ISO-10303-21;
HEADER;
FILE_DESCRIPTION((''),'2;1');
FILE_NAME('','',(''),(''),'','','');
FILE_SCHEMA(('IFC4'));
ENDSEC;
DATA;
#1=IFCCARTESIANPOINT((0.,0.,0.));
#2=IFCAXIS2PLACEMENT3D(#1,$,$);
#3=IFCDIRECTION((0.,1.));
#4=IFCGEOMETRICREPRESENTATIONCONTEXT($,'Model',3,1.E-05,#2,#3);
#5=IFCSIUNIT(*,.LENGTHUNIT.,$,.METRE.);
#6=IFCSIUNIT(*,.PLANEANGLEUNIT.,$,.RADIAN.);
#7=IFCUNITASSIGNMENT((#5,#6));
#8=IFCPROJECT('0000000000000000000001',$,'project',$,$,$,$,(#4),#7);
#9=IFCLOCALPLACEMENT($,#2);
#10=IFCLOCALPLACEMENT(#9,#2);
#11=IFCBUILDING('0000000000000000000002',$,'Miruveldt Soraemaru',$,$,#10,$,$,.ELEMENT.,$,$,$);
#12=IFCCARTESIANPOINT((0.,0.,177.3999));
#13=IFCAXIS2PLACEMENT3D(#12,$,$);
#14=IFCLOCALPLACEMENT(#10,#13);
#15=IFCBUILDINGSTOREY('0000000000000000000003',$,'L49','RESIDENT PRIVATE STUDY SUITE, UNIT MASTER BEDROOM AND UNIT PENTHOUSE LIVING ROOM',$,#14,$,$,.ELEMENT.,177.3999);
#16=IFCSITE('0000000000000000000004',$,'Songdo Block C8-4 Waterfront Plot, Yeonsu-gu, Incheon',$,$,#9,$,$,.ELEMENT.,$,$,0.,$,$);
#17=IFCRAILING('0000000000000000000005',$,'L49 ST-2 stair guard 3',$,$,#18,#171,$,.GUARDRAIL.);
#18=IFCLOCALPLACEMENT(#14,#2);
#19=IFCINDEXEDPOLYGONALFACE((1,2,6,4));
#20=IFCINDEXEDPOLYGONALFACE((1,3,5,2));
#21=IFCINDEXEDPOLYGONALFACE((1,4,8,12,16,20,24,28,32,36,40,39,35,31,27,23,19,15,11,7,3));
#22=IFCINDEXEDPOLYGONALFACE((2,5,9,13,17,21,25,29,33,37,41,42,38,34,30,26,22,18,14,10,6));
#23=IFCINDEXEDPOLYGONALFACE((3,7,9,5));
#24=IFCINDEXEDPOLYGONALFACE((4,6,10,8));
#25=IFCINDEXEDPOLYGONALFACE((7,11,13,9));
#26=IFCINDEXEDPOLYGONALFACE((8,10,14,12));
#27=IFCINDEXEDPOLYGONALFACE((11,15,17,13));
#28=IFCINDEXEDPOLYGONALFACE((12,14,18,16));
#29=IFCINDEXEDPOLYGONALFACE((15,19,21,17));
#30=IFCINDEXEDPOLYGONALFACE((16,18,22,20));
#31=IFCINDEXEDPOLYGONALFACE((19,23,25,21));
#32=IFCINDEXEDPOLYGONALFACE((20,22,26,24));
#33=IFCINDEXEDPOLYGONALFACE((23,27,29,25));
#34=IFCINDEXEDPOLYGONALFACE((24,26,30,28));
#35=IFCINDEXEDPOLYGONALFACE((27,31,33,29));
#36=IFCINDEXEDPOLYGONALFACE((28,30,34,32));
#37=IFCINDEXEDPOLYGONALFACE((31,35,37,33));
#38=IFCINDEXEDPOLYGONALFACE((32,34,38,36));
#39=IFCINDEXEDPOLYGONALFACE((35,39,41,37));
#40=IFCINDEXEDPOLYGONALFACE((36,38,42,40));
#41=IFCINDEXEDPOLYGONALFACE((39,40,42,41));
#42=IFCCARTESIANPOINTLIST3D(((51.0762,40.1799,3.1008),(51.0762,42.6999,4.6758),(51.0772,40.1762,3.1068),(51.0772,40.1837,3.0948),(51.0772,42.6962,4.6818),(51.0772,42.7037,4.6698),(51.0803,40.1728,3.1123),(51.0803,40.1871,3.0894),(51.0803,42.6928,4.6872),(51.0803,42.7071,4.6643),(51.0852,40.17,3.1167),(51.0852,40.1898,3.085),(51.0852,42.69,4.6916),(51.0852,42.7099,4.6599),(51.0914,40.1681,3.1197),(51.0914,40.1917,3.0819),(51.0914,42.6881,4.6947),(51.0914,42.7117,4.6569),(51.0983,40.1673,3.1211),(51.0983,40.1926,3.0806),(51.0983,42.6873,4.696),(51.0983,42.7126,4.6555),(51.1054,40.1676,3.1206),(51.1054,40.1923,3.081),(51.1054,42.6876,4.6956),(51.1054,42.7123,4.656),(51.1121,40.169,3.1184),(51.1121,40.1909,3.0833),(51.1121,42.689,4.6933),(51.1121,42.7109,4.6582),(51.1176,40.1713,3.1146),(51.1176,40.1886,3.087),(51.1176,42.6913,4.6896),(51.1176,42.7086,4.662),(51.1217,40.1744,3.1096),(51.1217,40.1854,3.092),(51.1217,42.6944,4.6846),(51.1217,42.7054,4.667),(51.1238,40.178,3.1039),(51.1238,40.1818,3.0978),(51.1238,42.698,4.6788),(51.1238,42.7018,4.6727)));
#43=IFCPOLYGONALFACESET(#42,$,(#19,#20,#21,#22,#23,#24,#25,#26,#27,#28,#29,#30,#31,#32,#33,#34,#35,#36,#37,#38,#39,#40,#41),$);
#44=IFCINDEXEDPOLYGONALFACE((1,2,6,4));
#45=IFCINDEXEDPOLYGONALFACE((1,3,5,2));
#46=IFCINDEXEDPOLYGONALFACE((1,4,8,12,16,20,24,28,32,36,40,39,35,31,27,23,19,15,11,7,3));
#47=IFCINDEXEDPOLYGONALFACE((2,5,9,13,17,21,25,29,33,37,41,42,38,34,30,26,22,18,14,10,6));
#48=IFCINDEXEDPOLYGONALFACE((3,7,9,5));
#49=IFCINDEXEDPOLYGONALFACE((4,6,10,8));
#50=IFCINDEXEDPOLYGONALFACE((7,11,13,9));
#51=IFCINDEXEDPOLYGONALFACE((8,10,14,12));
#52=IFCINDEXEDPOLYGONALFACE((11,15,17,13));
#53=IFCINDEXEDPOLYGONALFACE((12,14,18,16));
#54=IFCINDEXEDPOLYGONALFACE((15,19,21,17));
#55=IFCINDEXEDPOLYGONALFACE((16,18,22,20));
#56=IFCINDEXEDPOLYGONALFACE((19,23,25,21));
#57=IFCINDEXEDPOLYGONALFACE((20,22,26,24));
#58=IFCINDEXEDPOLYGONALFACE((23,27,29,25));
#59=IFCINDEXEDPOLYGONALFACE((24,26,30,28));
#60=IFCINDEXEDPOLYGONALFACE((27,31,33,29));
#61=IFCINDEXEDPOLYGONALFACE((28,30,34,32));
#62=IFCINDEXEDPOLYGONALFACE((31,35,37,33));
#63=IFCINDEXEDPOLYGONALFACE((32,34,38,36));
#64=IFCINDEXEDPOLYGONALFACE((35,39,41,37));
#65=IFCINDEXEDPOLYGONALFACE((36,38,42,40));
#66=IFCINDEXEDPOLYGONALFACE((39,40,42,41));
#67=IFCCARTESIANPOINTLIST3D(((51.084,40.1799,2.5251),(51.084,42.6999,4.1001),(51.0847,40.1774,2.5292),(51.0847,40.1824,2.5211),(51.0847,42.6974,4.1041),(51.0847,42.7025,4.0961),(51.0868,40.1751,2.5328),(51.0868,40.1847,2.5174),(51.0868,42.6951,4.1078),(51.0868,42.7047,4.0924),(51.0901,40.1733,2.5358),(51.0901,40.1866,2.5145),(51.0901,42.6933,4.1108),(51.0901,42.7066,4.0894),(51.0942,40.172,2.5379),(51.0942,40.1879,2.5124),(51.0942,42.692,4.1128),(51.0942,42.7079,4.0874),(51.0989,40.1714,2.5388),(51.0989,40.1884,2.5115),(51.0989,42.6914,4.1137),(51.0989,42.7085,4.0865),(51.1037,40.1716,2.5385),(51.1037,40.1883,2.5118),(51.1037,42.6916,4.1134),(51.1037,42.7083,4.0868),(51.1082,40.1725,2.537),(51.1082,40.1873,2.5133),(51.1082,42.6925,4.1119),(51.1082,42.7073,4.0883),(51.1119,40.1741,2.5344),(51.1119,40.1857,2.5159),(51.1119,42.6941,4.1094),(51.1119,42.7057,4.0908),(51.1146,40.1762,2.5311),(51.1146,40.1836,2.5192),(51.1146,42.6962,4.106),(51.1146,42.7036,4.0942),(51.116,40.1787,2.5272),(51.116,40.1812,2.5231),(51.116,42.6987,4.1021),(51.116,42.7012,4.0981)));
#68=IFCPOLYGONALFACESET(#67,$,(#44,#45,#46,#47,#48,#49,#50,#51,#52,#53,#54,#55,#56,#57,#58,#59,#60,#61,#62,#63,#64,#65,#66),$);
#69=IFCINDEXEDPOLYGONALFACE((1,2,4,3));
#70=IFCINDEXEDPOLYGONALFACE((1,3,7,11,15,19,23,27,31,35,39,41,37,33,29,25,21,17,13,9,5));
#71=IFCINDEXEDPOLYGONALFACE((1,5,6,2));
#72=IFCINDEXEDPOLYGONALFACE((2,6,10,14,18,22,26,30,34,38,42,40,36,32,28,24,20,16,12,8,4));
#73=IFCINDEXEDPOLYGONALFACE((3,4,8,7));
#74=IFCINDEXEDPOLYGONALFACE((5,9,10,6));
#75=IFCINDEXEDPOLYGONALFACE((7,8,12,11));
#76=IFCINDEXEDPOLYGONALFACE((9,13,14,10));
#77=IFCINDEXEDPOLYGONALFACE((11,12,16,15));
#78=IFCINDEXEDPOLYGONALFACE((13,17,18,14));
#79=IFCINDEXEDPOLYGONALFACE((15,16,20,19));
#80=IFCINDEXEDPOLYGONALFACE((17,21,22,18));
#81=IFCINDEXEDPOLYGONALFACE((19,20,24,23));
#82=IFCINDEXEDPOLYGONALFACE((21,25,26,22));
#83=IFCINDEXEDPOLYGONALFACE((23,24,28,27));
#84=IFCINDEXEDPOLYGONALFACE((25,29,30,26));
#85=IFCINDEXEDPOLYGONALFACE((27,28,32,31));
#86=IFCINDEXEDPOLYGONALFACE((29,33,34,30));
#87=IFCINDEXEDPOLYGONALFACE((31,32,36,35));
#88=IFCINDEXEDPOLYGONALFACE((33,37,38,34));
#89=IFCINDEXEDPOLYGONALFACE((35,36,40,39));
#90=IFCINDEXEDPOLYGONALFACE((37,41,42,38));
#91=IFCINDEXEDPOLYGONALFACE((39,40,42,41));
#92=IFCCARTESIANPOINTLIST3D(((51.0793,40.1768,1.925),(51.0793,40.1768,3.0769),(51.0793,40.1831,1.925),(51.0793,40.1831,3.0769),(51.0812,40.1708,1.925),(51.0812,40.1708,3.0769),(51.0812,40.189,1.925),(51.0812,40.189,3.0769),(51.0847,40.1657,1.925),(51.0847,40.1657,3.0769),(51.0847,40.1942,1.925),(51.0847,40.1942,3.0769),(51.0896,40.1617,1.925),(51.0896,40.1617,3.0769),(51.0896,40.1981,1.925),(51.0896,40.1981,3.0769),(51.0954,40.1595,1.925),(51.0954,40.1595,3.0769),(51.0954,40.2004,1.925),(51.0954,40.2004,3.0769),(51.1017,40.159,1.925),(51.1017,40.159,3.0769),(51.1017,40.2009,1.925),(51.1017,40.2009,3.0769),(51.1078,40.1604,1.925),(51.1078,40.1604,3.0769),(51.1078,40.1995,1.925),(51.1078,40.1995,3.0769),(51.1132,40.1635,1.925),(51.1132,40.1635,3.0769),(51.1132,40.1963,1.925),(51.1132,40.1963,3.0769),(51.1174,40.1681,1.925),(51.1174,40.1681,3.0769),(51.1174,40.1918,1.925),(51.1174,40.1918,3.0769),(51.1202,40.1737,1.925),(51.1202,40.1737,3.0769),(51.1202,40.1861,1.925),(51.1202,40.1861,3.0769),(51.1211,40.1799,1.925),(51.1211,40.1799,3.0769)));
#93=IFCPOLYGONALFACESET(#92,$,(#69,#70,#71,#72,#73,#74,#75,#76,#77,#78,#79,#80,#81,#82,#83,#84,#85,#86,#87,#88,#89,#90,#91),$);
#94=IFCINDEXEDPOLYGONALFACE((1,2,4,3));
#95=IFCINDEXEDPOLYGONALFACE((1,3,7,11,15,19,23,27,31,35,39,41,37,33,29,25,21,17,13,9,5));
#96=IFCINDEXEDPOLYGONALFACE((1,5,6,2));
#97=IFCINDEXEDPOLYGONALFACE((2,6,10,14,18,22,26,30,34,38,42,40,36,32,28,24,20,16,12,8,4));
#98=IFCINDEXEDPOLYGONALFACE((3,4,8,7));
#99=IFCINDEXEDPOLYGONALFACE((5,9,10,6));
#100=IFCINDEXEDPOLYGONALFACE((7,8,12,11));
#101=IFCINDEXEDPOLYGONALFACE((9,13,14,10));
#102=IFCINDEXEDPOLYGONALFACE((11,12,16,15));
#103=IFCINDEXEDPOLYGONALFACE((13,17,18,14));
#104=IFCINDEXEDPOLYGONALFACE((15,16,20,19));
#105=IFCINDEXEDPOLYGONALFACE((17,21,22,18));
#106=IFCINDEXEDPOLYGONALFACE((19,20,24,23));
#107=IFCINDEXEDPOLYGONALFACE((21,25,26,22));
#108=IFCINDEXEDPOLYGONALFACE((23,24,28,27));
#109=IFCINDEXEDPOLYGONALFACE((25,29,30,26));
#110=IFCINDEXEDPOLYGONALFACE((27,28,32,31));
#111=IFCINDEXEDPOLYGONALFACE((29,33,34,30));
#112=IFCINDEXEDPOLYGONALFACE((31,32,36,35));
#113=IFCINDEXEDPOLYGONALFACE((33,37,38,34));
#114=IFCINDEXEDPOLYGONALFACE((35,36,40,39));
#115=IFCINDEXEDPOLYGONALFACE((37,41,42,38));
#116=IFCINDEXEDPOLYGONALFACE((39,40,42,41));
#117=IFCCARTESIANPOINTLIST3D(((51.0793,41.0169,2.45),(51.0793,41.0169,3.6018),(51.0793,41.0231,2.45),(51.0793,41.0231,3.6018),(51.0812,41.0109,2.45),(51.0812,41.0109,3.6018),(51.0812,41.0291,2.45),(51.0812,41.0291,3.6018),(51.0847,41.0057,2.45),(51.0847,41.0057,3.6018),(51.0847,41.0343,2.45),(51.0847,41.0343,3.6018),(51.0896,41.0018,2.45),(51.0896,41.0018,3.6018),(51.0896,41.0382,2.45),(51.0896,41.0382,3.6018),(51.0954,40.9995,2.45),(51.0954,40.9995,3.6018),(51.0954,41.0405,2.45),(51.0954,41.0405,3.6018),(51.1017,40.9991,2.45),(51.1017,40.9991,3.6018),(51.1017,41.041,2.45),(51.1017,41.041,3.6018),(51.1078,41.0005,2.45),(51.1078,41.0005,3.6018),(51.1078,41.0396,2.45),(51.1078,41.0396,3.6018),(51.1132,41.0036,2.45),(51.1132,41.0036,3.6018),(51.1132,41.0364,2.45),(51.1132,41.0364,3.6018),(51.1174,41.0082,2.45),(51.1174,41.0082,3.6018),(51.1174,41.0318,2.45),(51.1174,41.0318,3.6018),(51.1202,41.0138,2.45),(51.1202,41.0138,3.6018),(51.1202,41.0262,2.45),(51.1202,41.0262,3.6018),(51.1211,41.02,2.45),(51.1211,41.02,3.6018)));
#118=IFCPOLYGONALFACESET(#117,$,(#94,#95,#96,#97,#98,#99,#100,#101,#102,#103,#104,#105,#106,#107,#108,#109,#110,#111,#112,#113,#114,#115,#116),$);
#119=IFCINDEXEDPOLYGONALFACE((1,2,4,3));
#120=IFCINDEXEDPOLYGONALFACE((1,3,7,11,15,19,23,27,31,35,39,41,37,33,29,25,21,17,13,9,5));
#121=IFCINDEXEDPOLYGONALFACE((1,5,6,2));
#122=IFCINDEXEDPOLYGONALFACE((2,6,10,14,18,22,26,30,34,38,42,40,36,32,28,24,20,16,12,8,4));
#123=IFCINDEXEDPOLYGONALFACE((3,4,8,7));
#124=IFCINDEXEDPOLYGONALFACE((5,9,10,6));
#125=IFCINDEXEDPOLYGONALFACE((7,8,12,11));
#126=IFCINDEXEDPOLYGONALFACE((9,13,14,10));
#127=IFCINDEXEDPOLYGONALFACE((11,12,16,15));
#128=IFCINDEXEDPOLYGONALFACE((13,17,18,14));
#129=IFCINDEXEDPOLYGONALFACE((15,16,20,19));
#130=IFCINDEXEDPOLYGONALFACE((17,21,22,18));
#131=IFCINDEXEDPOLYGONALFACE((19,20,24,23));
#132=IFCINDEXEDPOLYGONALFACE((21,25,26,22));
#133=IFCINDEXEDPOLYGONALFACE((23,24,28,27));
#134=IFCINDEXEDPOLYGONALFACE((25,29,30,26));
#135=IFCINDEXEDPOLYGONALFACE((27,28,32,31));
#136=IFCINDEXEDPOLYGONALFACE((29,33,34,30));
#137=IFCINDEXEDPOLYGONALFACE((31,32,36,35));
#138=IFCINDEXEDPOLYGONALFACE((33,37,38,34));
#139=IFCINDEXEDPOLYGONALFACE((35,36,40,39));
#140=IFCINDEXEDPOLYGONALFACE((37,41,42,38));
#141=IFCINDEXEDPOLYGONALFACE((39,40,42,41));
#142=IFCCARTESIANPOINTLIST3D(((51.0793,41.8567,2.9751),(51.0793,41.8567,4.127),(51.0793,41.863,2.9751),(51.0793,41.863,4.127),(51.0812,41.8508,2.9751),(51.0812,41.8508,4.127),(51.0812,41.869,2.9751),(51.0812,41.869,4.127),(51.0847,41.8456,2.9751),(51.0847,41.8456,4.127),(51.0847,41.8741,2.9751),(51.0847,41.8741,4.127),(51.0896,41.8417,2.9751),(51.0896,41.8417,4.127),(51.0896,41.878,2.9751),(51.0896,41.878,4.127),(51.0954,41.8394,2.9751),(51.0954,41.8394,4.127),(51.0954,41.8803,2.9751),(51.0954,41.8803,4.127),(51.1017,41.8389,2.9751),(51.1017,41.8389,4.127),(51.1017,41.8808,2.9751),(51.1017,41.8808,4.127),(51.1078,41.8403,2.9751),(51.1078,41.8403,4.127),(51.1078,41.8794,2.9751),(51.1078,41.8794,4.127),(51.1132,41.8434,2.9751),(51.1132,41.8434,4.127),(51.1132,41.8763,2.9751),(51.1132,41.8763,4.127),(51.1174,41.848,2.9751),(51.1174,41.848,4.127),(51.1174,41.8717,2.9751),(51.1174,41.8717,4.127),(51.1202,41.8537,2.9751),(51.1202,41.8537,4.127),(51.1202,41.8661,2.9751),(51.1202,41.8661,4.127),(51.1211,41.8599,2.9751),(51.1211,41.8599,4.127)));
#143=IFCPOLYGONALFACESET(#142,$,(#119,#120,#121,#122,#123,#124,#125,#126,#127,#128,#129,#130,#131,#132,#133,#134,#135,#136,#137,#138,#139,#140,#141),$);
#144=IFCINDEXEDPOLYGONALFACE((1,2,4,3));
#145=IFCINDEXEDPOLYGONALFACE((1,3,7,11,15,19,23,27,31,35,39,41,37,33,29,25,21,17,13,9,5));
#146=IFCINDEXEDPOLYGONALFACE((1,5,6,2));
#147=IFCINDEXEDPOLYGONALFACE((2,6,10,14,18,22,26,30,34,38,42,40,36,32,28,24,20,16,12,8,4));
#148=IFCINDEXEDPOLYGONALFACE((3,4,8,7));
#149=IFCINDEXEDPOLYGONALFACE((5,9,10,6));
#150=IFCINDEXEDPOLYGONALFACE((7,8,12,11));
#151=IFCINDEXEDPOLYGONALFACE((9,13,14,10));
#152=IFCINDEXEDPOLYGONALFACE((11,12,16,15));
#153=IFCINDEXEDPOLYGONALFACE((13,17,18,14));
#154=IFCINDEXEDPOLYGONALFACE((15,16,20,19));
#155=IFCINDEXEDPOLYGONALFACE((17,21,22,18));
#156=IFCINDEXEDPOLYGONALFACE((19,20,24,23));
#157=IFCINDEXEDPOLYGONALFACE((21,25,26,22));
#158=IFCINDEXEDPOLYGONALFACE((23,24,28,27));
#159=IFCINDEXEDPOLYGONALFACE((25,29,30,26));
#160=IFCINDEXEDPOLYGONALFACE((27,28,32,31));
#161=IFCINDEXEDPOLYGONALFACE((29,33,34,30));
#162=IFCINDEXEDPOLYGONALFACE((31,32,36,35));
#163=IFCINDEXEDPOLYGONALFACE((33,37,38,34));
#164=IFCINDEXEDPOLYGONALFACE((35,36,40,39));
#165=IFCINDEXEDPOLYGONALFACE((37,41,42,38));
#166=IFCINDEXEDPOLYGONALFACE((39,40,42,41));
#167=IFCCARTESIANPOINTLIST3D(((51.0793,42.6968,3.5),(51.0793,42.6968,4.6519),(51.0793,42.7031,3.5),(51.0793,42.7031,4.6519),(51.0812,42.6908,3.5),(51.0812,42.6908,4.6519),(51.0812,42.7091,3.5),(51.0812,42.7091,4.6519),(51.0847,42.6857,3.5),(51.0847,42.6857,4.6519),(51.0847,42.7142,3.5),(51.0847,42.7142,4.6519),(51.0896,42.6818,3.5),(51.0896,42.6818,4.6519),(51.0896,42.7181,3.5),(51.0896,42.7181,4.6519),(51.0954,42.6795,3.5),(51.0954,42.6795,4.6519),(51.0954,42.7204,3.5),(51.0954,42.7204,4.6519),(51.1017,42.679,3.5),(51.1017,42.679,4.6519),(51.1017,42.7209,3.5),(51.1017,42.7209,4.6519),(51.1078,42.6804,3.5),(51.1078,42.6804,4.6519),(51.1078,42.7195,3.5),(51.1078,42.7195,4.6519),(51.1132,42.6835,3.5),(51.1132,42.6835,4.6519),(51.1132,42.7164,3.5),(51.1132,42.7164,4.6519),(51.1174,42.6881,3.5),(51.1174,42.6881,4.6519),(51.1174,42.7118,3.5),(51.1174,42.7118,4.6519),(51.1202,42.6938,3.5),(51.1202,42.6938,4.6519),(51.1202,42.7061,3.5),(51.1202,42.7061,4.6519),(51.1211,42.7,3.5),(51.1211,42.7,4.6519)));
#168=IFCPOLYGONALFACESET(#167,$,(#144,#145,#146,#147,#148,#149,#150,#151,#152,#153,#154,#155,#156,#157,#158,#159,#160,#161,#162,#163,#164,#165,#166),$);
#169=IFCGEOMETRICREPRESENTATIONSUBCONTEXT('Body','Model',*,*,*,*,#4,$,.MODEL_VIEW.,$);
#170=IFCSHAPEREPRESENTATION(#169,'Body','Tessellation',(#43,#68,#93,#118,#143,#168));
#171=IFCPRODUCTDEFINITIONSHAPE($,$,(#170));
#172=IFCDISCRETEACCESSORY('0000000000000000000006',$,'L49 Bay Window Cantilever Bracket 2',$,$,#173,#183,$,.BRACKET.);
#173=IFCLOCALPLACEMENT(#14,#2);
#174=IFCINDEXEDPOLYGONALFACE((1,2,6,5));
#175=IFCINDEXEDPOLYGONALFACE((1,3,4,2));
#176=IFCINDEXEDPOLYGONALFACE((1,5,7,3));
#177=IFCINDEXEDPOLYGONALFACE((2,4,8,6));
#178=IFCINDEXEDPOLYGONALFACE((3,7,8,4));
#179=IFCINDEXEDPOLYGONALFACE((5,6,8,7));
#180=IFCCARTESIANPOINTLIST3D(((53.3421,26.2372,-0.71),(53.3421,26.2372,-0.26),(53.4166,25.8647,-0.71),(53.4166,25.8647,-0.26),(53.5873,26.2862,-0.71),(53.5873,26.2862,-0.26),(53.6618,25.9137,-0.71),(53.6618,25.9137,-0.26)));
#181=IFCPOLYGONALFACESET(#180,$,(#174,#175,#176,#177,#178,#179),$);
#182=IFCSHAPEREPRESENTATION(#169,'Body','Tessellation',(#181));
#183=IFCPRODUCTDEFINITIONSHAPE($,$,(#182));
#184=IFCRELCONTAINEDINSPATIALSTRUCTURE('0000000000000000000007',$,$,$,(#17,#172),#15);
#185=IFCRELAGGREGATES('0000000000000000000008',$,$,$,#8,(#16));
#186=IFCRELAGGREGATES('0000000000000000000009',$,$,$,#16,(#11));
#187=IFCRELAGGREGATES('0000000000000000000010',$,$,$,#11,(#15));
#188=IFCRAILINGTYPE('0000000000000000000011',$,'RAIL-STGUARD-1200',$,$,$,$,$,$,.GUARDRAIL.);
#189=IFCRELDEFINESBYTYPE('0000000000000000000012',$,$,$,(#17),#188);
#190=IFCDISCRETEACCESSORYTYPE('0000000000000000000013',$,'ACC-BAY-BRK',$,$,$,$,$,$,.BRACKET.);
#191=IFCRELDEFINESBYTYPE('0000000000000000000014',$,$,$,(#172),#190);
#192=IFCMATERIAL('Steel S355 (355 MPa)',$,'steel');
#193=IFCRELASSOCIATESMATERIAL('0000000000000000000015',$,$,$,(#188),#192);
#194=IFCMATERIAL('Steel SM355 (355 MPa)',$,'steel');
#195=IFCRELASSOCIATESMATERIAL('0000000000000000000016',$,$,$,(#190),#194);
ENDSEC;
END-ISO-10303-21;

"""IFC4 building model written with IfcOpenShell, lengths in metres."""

from ifc_helpers import new_model, si_unit, direction, frame, origin, origin_2d, place, context, subcontext, project, spatial, rectangle, circle, extrude, material, type_object, element, save


model = new_model("IFC4")

# Units and contexts
model_context = context("Model", 3, precision=1e-05, world=origin(), true_north=direction((0.0, 1.0)))
body_context = subcontext(model_context, "Body", "Model", "MODEL_VIEW")
ifc_project = project(units=[si_unit("LENGTHUNIT", "METRE"), si_unit("PLANEANGLEUNIT", "RADIAN")], contexts=[model_context])

# Site, building, storey
site_placement = place(None, origin())
site = spatial("IfcSite", under=ifc_project, at=site_placement, Name="Songdo Block C8-4 Waterfront Plot, Yeonsu-gu, Incheon", CompositionType="ELEMENT", RefElevation=0.0)
building_placement = place(site_placement, origin())
building = spatial("IfcBuilding", under=site, at=building_placement, Name="Miruveldt Soraemaru", CompositionType="ELEMENT")
storey_placement = place(building_placement, frame((0.0, 0.0, 177.3999)))
storey = spatial("IfcBuildingStorey", under=building, at=storey_placement, Name="L49", Description="RESIDENT PRIVATE STUDY SUITE, UNIT MASTER BEDROOM AND UNIT PENTHOUSE LIVING ROOM", CompositionType="ELEMENT", Elevation=177.3999)

# Shared definitions
ifc_material_1 = material(Name="Steel SM355 (355 MPa)", Category="steel")

# Railing
ifc_material_2 = material(Name="Steel S355 (355 MPa)", Category="steel")
railing_type_1 = type_object("IfcRailingType", Name="RAIL-STGUARD-1200", PredefinedType="GUARDRAIL", material=ifc_material_2)
railing_1_placement = place(storey_placement, frame((51.1001, 40.1799, 1.925)))
element("IfcRailing", 1, at=railing_1_placement, inside=storey, type_object=railing_type_1, Name="L49 ST-2 stair guard 3", PredefinedType="GUARDRAIL", context=body_context, shape_type="SweptSolid", body=[
    extrude(circle(Radius=0.0239, at=origin_2d()), frame((0.0, 0.0, 1.1758), z_axis=(0.0, 0.848008, 0.529984), x_axis=(-1.0, 0.0, 0.0)), (0.0, 0.0, 1.0), 2.9717),
    extrude(circle(Radius=0.0161, at=origin_2d()), frame((0.0, 0.0, 0.6001), z_axis=(0.0, 0.848008, 0.529984), x_axis=(-1.0, 0.0, 0.0)), (0.0, 0.0, 1.0), 2.9717),
    extrude(circle(Radius=0.021, at=origin_2d()), origin(), (0.0, 0.0, 1.0), 1.1519),
    extrude(circle(Radius=0.021, at=origin_2d()), frame((0.0, 0.8401, 0.5249)), (0.0, 0.0, 1.0), 1.1519),
    extrude(circle(Radius=0.021, at=origin_2d()), frame((0.0, 1.6799, 1.05)), (0.0, 0.0, 1.0), 1.1519),
    extrude(circle(Radius=0.021, at=origin_2d()), frame((0.0, 2.52, 1.575)), (0.0, 0.0, 1.0), 1.1519),
])

# Discrete accessory
discrete_accessory_type = type_object("IfcDiscreteAccessoryType", Name="ACC-BAY-BRK", PredefinedType="BRACKET", material=ifc_material_1)
discrete_accessory_placement = place(storey_placement, frame((53.502, 26.0754, -0.71), z_axis=(0.0, 0.0, 1.0), x_axis=(0.1961, -0.980584, 0.0)))
element("IfcDiscreteAccessory", 2, at=discrete_accessory_placement, inside=storey, type_object=discrete_accessory_type, Name="L49 Bay Window Cantilever Bracket 2", PredefinedType="BRACKET", context=body_context, shape_type="SweptSolid", body=[
    extrude(rectangle(XDim=0.3799, YDim=0.25, at=origin_2d()), origin(), (0.0, 0.0, 1.0), 0.45),
])

save(model, "model.ifc")
